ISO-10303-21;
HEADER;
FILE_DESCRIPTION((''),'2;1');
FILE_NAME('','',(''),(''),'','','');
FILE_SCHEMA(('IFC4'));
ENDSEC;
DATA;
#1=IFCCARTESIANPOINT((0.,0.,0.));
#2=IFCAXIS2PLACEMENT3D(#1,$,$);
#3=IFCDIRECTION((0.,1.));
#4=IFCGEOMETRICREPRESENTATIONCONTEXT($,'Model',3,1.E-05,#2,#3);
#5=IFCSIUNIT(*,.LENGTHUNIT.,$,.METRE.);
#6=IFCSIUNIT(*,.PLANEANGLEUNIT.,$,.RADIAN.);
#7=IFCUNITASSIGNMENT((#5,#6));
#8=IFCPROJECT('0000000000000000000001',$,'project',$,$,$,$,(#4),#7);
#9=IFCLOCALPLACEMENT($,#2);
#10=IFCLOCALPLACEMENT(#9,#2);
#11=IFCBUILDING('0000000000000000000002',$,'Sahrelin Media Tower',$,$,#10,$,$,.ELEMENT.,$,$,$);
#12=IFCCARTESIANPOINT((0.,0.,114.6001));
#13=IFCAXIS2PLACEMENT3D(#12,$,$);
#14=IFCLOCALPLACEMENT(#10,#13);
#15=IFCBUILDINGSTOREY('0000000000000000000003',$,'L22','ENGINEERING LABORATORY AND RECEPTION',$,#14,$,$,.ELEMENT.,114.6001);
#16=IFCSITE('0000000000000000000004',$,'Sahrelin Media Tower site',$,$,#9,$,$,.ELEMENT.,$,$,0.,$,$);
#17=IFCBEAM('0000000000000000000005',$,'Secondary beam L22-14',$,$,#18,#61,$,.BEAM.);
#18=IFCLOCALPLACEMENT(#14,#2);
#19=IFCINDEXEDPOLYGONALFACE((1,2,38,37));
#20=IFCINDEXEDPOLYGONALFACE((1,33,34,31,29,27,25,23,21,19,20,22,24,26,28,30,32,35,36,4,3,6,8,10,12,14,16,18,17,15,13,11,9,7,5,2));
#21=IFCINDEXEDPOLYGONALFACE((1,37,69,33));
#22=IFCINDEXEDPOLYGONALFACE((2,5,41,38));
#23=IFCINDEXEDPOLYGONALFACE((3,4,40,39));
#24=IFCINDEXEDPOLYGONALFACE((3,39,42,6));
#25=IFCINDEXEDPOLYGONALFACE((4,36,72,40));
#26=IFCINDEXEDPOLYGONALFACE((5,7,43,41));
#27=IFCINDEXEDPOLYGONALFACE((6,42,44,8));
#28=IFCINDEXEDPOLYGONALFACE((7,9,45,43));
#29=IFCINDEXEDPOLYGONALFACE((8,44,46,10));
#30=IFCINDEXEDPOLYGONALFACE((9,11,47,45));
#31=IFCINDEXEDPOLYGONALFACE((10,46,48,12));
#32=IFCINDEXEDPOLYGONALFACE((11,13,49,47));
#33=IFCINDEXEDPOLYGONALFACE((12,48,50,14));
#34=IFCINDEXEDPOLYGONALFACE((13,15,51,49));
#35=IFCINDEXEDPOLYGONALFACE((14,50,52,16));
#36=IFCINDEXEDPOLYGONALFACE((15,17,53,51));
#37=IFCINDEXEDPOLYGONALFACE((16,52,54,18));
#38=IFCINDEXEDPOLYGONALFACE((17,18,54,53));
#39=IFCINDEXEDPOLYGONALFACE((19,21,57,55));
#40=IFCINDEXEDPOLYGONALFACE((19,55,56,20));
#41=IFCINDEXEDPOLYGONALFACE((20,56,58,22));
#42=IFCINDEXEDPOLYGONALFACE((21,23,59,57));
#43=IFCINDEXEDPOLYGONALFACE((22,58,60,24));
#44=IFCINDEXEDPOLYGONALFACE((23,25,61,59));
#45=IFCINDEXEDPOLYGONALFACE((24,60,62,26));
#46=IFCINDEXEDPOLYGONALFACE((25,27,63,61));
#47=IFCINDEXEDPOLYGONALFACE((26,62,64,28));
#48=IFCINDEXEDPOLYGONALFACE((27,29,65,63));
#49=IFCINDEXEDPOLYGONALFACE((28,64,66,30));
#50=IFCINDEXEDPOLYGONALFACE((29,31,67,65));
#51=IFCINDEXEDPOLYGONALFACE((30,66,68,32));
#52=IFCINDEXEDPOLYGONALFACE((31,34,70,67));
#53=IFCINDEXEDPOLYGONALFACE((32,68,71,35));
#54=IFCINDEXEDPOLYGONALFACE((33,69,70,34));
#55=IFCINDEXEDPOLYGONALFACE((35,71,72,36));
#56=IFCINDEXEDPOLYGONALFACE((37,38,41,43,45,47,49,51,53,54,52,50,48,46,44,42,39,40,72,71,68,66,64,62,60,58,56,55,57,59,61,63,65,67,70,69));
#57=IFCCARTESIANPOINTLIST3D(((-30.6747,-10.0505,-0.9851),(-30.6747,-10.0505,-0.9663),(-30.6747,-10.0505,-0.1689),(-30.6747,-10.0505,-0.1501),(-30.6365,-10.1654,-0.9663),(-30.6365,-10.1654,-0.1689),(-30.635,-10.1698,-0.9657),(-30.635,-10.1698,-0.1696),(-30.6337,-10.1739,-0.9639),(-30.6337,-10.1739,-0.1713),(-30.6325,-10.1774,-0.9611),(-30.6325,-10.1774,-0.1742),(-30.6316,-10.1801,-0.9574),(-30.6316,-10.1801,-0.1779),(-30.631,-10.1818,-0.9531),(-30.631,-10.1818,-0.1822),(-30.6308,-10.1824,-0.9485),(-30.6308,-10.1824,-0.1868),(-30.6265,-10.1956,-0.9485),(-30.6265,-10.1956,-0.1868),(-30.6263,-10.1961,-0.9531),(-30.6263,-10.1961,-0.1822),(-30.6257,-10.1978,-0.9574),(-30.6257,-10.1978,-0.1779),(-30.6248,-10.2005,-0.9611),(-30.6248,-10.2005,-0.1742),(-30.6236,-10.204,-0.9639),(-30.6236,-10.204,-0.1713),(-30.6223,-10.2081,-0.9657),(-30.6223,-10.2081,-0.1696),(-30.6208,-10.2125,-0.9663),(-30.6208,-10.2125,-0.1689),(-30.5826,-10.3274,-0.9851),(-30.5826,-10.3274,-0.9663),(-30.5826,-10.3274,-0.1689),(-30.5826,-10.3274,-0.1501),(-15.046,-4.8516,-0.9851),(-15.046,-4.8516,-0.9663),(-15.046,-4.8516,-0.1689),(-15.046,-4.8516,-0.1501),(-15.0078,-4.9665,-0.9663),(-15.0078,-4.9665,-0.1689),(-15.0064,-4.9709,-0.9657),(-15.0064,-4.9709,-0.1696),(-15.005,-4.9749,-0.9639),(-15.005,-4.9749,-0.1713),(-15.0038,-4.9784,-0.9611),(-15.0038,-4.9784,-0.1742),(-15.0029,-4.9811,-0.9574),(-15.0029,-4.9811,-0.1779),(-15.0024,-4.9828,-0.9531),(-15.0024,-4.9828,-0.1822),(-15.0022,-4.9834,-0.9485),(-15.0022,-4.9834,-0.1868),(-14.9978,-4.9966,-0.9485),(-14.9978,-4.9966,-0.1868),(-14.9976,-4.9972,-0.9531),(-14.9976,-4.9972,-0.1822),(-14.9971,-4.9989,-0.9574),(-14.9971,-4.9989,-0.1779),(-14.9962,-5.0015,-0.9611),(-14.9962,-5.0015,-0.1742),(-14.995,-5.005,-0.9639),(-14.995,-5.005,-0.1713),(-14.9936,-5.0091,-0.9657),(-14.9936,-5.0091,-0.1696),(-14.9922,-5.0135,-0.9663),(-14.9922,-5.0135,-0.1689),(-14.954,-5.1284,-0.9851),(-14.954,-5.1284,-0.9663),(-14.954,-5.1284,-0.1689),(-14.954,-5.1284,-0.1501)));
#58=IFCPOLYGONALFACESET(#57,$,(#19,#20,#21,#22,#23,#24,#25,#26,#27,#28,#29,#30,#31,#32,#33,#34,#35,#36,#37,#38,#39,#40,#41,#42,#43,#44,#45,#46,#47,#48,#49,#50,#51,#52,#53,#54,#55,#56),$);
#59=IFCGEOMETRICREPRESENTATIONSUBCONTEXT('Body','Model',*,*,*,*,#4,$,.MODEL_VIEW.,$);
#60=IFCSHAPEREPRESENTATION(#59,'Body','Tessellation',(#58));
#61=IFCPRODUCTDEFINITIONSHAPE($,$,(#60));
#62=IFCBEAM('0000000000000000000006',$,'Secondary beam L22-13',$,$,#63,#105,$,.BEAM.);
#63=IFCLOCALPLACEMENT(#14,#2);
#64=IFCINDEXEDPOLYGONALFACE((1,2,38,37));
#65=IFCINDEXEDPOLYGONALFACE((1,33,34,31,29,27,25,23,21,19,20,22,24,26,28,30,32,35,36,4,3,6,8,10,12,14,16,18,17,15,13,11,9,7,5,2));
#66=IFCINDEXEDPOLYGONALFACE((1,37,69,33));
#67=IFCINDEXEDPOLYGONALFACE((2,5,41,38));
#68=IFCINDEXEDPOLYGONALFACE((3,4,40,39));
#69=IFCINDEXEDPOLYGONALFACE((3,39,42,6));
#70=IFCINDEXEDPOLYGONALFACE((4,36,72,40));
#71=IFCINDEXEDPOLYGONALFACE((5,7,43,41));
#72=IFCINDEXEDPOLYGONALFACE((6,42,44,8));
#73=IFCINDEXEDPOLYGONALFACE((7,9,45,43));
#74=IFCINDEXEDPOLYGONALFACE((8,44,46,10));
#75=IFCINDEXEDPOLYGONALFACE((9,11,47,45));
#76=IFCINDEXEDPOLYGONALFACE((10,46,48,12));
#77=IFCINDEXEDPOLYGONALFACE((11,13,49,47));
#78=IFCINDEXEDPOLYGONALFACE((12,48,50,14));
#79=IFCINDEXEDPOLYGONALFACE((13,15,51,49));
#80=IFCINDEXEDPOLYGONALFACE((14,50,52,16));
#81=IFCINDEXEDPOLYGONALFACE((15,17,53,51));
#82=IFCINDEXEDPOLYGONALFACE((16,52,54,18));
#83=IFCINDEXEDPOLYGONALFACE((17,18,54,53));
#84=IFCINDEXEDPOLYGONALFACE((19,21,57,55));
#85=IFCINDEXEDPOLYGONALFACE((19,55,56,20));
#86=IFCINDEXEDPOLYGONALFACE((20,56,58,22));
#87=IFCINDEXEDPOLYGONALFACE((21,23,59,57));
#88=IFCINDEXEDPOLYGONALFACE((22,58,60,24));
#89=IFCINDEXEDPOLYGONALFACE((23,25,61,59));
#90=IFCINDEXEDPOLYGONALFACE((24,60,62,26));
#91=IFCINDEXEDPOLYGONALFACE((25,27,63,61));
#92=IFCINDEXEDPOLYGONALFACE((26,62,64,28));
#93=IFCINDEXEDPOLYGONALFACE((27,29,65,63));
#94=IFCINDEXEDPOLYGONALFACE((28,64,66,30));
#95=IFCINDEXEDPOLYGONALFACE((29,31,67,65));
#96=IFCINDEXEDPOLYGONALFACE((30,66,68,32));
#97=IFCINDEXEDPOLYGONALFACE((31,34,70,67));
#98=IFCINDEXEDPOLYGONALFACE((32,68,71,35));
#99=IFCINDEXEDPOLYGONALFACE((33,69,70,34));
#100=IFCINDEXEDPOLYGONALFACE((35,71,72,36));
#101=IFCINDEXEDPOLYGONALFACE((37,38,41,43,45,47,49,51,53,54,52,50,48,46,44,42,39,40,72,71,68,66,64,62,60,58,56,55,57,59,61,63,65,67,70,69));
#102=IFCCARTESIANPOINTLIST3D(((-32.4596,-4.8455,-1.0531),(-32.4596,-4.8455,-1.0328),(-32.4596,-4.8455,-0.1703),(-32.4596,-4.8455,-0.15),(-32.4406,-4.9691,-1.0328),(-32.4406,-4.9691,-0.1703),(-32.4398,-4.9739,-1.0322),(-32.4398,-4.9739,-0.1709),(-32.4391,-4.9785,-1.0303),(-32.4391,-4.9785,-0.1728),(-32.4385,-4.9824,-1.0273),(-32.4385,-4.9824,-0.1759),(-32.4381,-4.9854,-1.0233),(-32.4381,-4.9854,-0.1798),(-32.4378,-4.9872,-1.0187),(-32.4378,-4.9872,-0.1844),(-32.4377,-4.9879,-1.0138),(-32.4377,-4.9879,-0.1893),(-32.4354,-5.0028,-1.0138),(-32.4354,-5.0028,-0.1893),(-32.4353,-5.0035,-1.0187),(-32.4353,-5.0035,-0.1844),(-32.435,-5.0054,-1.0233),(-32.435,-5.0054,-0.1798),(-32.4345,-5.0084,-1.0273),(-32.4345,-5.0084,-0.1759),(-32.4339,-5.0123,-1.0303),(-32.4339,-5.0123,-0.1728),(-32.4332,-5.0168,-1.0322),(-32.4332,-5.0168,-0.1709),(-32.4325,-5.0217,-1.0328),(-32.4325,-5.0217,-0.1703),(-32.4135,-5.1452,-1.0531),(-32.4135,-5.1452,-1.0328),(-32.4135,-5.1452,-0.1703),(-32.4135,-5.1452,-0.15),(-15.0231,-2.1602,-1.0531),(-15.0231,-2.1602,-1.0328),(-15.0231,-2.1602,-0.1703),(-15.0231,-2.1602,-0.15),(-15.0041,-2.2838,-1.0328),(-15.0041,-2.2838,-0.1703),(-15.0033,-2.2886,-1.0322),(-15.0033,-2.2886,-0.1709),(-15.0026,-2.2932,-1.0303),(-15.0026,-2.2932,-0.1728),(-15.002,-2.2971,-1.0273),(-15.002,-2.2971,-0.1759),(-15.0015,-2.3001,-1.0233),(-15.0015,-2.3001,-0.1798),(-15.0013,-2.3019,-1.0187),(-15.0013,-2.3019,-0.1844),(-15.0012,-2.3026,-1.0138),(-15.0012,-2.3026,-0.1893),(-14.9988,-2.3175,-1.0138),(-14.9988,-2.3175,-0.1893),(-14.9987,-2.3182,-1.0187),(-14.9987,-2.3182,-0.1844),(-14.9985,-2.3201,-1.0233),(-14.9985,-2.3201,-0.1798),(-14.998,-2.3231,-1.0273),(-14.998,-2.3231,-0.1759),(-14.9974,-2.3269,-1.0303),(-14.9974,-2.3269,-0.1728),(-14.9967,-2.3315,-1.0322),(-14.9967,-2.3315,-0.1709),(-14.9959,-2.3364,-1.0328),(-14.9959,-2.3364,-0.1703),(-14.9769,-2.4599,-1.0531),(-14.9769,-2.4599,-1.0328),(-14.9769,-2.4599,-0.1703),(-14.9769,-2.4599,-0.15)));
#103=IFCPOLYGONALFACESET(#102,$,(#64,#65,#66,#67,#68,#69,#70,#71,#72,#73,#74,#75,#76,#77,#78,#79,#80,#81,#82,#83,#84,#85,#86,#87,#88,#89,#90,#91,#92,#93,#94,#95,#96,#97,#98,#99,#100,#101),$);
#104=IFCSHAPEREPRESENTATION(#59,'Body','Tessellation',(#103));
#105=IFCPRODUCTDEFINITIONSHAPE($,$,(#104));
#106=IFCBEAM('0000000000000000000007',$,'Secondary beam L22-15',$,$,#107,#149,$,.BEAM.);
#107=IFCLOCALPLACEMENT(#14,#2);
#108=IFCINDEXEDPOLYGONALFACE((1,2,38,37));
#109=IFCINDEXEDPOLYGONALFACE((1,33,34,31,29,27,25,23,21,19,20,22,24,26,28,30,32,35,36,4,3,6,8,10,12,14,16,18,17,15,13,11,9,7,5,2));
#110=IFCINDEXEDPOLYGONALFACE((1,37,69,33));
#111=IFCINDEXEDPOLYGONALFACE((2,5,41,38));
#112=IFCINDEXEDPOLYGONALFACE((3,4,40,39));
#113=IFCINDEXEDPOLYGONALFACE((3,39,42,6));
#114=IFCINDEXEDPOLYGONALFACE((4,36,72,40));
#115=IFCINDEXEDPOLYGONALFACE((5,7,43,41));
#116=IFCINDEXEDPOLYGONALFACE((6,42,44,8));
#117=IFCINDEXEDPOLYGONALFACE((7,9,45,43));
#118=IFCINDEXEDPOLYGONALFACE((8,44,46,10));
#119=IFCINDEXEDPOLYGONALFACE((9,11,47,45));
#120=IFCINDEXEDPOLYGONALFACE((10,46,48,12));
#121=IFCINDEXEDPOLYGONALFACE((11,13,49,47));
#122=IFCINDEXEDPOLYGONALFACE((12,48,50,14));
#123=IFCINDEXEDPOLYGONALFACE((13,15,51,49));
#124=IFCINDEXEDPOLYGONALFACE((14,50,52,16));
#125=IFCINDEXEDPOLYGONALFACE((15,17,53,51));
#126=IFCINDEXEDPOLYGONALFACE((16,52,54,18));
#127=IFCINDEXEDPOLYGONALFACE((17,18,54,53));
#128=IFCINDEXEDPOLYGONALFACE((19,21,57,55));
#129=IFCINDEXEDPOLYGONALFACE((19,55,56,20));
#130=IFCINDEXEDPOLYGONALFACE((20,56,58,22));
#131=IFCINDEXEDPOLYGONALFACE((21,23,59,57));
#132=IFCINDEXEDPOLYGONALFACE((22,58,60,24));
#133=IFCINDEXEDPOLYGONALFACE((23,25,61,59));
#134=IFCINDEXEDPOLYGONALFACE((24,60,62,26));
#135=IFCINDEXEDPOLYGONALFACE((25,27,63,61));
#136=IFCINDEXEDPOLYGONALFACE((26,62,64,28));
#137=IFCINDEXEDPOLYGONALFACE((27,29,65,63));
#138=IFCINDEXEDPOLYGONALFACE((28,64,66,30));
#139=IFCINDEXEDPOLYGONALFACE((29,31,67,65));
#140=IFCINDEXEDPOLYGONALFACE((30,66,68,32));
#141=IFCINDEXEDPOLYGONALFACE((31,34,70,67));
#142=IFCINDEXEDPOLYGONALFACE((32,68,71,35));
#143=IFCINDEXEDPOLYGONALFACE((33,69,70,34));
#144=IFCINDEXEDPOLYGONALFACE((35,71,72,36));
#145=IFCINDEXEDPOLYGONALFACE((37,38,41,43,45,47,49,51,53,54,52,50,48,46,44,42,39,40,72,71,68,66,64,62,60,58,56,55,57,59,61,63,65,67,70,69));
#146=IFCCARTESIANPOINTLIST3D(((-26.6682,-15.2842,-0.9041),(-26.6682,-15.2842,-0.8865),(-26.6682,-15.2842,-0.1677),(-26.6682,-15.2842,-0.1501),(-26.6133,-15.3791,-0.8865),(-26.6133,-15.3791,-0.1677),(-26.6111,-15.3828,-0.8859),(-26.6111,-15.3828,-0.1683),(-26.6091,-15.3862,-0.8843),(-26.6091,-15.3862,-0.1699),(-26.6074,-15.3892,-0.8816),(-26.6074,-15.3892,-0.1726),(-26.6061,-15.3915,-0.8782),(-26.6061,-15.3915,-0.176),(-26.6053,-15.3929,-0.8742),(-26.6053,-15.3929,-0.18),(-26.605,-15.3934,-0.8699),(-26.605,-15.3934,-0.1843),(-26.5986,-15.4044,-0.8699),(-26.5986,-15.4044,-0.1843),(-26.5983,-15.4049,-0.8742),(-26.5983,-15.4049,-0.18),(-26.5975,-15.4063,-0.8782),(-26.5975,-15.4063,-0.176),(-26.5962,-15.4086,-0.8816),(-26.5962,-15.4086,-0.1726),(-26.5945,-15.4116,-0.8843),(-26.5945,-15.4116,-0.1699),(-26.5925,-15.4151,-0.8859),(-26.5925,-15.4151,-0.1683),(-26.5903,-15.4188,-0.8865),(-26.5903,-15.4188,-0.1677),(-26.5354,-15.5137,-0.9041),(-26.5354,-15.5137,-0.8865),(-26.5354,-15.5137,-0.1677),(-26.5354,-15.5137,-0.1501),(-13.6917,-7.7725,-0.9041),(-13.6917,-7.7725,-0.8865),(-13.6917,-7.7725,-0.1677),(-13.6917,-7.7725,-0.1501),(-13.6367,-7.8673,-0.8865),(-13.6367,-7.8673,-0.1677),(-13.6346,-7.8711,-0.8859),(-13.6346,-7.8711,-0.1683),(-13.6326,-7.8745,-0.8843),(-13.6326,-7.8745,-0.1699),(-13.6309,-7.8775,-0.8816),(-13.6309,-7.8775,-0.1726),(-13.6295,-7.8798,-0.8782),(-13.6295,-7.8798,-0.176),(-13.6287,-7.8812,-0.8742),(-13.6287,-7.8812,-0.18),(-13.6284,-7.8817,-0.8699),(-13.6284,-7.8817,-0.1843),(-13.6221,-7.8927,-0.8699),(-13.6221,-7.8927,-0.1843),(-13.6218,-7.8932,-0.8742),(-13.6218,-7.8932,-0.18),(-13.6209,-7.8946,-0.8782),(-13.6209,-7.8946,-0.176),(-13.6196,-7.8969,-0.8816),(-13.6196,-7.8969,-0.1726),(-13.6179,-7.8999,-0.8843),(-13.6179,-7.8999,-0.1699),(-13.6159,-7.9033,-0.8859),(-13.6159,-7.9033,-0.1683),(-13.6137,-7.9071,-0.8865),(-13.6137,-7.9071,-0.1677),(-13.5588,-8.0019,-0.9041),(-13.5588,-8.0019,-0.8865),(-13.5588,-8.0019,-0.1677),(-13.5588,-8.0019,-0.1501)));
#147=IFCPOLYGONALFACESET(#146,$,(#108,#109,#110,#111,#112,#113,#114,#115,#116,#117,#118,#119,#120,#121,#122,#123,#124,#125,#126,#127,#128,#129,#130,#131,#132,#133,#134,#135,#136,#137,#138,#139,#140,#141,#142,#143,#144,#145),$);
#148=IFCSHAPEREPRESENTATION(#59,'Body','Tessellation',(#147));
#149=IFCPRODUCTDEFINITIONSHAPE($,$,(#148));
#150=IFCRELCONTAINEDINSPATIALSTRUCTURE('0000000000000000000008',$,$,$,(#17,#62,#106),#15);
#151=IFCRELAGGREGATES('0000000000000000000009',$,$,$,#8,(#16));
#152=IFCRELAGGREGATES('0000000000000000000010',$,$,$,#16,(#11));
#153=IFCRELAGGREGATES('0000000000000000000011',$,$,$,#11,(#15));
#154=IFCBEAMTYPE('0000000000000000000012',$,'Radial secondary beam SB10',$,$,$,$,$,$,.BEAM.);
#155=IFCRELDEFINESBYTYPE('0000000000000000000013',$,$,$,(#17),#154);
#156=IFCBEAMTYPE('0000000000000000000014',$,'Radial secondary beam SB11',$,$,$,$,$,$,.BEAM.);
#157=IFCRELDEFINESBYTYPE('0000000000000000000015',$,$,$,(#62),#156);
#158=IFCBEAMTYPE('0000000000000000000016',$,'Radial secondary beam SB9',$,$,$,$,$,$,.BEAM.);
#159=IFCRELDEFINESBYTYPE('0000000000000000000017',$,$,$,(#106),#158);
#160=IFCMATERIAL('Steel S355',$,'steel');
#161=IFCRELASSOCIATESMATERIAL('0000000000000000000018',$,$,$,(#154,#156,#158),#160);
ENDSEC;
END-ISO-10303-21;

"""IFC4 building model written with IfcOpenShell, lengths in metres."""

from ifc_helpers import new_model, si_unit, direction, frame, origin, origin_2d, place, context, subcontext, project, spatial, i_section, extrude, material, material_profile, profile_set, type_object, element, save


model = new_model("IFC4")

# Units and contexts
model_context = context("Model", 3, precision=1e-05, world=origin(), true_north=direction((0.0, 1.0)))
body_context = subcontext(model_context, "Body", "Model", "MODEL_VIEW")
ifc_project = project(units=[si_unit("LENGTHUNIT", "METRE"), si_unit("PLANEANGLEUNIT", "RADIAN")], contexts=[model_context])

# Site, building, storey
site_placement = place(None, origin())
site = spatial("IfcSite", under=ifc_project, at=site_placement, Name="Sahrelin Media Tower site", CompositionType="ELEMENT", RefElevation=0.0)
building_placement = place(site_placement, origin())
building = spatial("IfcBuilding", under=site, at=building_placement, Name="Sahrelin Media Tower", CompositionType="ELEMENT")
storey_placement = place(building_placement, frame((0.0, 0.0, 114.6001)))
storey = spatial("IfcBuildingStorey", under=building, at=storey_placement, Name="L22", Description="ENGINEERING LABORATORY AND RECEPTION", CompositionType="ELEMENT", Elevation=114.6001)

# Beams
ifc_material_1 = material(Name="Steel S355", Category="steel")
ifc_material_profile_1 = material_profile(ifc_material_1, i_section(OverallWidth=0.2917, OverallDepth=0.835, WebThickness=0.0139, FlangeThickness=0.0188, FilletRadius=0.0178, at=origin_2d()), Name="UB 838x292x176")
ifc_profile_set_1 = profile_set([ifc_material_profile_1], Name="Steel S355")
beam_type_1 = type_object("IfcBeamType", Name="Radial secondary beam SB10", PredefinedType="BEAM", material=ifc_profile_set_1)
beam_1_placement = place(storey_placement, frame((-15.0, -4.99, -0.5676), z_axis=(-0.948876, -0.31565, 0.0), x_axis=(0.31565, -0.948876, 0.0)))
element("IfcBeam", 1, at=beam_1_placement, inside=storey, type_object=beam_type_1, Name="Secondary beam L22-14", PredefinedType="BEAM", context=body_context, shape_type="SweptSolid", body=[
    extrude(i_section(OverallWidth=0.2917, OverallDepth=0.835, WebThickness=0.0139, FlangeThickness=0.0188, FilletRadius=0.0178, at=origin_2d()), origin(), (0.0, 0.0, 1.0), 16.4707),
])
ifc_material_profile_2 = material_profile(ifc_material_1, i_section(OverallWidth=0.3032, OverallDepth=0.9031, WebThickness=0.0151, FlangeThickness=0.0203, FilletRadius=0.019, at=origin_2d()), Name="UB 914x305x201")
ifc_profile_set_2 = profile_set([ifc_material_profile_2], Name="Steel S355")
beam_type_2 = type_object("IfcBeamType", Name="Radial secondary beam SB11", PredefinedType="BEAM", material=ifc_profile_set_2)
beam_2_placement = place(storey_placement, frame((-15.0, -2.3101, -0.6016), z_axis=(-0.988348, -0.15221, 0.0), x_axis=(0.15221, -0.988348, 0.0)))
element("IfcBeam", 2, at=beam_2_placement, inside=storey, type_object=beam_type_2, Name="Secondary beam L22-13", PredefinedType="BEAM", context=body_context, shape_type="SweptSolid", body=[
    extrude(i_section(OverallWidth=0.3032, OverallDepth=0.9031, WebThickness=0.0151, FlangeThickness=0.0203, FilletRadius=0.019, at=origin_2d()), origin(), (0.0, 0.0, 1.0), 17.6421),
])
ifc_material_profile_3 = material_profile(ifc_material_1, i_section(OverallWidth=0.2651, OverallDepth=0.7539, WebThickness=0.0127, FlangeThickness=0.0176, FilletRadius=0.0166, at=origin_2d()), Name="UB 762x267x147")
ifc_profile_set_3 = profile_set([ifc_material_profile_3], Name="Steel S355")
beam_type_3 = type_object("IfcBeamType", Name="Radial secondary beam SB9", PredefinedType="BEAM", material=ifc_profile_set_3)
beam_3_placement = place(storey_placement, frame((-13.6252, -7.8872, -0.5271), z_axis=(-0.865456, -0.500985, 0.0), x_axis=(0.500985, -0.865456, 0.0)))
element("IfcBeam", 3, at=beam_3_placement, inside=storey, type_object=beam_type_3, Name="Secondary beam L22-15", PredefinedType="BEAM", context=body_context, shape_type="SweptSolid", body=[
    extrude(i_section(OverallWidth=0.2651, OverallDepth=0.7539, WebThickness=0.0127, FlangeThickness=0.0176, FilletRadius=0.0166, at=origin_2d()), origin(), (0.0, 0.0, 1.0), 14.9939),
])

save(model, "model.ifc")
